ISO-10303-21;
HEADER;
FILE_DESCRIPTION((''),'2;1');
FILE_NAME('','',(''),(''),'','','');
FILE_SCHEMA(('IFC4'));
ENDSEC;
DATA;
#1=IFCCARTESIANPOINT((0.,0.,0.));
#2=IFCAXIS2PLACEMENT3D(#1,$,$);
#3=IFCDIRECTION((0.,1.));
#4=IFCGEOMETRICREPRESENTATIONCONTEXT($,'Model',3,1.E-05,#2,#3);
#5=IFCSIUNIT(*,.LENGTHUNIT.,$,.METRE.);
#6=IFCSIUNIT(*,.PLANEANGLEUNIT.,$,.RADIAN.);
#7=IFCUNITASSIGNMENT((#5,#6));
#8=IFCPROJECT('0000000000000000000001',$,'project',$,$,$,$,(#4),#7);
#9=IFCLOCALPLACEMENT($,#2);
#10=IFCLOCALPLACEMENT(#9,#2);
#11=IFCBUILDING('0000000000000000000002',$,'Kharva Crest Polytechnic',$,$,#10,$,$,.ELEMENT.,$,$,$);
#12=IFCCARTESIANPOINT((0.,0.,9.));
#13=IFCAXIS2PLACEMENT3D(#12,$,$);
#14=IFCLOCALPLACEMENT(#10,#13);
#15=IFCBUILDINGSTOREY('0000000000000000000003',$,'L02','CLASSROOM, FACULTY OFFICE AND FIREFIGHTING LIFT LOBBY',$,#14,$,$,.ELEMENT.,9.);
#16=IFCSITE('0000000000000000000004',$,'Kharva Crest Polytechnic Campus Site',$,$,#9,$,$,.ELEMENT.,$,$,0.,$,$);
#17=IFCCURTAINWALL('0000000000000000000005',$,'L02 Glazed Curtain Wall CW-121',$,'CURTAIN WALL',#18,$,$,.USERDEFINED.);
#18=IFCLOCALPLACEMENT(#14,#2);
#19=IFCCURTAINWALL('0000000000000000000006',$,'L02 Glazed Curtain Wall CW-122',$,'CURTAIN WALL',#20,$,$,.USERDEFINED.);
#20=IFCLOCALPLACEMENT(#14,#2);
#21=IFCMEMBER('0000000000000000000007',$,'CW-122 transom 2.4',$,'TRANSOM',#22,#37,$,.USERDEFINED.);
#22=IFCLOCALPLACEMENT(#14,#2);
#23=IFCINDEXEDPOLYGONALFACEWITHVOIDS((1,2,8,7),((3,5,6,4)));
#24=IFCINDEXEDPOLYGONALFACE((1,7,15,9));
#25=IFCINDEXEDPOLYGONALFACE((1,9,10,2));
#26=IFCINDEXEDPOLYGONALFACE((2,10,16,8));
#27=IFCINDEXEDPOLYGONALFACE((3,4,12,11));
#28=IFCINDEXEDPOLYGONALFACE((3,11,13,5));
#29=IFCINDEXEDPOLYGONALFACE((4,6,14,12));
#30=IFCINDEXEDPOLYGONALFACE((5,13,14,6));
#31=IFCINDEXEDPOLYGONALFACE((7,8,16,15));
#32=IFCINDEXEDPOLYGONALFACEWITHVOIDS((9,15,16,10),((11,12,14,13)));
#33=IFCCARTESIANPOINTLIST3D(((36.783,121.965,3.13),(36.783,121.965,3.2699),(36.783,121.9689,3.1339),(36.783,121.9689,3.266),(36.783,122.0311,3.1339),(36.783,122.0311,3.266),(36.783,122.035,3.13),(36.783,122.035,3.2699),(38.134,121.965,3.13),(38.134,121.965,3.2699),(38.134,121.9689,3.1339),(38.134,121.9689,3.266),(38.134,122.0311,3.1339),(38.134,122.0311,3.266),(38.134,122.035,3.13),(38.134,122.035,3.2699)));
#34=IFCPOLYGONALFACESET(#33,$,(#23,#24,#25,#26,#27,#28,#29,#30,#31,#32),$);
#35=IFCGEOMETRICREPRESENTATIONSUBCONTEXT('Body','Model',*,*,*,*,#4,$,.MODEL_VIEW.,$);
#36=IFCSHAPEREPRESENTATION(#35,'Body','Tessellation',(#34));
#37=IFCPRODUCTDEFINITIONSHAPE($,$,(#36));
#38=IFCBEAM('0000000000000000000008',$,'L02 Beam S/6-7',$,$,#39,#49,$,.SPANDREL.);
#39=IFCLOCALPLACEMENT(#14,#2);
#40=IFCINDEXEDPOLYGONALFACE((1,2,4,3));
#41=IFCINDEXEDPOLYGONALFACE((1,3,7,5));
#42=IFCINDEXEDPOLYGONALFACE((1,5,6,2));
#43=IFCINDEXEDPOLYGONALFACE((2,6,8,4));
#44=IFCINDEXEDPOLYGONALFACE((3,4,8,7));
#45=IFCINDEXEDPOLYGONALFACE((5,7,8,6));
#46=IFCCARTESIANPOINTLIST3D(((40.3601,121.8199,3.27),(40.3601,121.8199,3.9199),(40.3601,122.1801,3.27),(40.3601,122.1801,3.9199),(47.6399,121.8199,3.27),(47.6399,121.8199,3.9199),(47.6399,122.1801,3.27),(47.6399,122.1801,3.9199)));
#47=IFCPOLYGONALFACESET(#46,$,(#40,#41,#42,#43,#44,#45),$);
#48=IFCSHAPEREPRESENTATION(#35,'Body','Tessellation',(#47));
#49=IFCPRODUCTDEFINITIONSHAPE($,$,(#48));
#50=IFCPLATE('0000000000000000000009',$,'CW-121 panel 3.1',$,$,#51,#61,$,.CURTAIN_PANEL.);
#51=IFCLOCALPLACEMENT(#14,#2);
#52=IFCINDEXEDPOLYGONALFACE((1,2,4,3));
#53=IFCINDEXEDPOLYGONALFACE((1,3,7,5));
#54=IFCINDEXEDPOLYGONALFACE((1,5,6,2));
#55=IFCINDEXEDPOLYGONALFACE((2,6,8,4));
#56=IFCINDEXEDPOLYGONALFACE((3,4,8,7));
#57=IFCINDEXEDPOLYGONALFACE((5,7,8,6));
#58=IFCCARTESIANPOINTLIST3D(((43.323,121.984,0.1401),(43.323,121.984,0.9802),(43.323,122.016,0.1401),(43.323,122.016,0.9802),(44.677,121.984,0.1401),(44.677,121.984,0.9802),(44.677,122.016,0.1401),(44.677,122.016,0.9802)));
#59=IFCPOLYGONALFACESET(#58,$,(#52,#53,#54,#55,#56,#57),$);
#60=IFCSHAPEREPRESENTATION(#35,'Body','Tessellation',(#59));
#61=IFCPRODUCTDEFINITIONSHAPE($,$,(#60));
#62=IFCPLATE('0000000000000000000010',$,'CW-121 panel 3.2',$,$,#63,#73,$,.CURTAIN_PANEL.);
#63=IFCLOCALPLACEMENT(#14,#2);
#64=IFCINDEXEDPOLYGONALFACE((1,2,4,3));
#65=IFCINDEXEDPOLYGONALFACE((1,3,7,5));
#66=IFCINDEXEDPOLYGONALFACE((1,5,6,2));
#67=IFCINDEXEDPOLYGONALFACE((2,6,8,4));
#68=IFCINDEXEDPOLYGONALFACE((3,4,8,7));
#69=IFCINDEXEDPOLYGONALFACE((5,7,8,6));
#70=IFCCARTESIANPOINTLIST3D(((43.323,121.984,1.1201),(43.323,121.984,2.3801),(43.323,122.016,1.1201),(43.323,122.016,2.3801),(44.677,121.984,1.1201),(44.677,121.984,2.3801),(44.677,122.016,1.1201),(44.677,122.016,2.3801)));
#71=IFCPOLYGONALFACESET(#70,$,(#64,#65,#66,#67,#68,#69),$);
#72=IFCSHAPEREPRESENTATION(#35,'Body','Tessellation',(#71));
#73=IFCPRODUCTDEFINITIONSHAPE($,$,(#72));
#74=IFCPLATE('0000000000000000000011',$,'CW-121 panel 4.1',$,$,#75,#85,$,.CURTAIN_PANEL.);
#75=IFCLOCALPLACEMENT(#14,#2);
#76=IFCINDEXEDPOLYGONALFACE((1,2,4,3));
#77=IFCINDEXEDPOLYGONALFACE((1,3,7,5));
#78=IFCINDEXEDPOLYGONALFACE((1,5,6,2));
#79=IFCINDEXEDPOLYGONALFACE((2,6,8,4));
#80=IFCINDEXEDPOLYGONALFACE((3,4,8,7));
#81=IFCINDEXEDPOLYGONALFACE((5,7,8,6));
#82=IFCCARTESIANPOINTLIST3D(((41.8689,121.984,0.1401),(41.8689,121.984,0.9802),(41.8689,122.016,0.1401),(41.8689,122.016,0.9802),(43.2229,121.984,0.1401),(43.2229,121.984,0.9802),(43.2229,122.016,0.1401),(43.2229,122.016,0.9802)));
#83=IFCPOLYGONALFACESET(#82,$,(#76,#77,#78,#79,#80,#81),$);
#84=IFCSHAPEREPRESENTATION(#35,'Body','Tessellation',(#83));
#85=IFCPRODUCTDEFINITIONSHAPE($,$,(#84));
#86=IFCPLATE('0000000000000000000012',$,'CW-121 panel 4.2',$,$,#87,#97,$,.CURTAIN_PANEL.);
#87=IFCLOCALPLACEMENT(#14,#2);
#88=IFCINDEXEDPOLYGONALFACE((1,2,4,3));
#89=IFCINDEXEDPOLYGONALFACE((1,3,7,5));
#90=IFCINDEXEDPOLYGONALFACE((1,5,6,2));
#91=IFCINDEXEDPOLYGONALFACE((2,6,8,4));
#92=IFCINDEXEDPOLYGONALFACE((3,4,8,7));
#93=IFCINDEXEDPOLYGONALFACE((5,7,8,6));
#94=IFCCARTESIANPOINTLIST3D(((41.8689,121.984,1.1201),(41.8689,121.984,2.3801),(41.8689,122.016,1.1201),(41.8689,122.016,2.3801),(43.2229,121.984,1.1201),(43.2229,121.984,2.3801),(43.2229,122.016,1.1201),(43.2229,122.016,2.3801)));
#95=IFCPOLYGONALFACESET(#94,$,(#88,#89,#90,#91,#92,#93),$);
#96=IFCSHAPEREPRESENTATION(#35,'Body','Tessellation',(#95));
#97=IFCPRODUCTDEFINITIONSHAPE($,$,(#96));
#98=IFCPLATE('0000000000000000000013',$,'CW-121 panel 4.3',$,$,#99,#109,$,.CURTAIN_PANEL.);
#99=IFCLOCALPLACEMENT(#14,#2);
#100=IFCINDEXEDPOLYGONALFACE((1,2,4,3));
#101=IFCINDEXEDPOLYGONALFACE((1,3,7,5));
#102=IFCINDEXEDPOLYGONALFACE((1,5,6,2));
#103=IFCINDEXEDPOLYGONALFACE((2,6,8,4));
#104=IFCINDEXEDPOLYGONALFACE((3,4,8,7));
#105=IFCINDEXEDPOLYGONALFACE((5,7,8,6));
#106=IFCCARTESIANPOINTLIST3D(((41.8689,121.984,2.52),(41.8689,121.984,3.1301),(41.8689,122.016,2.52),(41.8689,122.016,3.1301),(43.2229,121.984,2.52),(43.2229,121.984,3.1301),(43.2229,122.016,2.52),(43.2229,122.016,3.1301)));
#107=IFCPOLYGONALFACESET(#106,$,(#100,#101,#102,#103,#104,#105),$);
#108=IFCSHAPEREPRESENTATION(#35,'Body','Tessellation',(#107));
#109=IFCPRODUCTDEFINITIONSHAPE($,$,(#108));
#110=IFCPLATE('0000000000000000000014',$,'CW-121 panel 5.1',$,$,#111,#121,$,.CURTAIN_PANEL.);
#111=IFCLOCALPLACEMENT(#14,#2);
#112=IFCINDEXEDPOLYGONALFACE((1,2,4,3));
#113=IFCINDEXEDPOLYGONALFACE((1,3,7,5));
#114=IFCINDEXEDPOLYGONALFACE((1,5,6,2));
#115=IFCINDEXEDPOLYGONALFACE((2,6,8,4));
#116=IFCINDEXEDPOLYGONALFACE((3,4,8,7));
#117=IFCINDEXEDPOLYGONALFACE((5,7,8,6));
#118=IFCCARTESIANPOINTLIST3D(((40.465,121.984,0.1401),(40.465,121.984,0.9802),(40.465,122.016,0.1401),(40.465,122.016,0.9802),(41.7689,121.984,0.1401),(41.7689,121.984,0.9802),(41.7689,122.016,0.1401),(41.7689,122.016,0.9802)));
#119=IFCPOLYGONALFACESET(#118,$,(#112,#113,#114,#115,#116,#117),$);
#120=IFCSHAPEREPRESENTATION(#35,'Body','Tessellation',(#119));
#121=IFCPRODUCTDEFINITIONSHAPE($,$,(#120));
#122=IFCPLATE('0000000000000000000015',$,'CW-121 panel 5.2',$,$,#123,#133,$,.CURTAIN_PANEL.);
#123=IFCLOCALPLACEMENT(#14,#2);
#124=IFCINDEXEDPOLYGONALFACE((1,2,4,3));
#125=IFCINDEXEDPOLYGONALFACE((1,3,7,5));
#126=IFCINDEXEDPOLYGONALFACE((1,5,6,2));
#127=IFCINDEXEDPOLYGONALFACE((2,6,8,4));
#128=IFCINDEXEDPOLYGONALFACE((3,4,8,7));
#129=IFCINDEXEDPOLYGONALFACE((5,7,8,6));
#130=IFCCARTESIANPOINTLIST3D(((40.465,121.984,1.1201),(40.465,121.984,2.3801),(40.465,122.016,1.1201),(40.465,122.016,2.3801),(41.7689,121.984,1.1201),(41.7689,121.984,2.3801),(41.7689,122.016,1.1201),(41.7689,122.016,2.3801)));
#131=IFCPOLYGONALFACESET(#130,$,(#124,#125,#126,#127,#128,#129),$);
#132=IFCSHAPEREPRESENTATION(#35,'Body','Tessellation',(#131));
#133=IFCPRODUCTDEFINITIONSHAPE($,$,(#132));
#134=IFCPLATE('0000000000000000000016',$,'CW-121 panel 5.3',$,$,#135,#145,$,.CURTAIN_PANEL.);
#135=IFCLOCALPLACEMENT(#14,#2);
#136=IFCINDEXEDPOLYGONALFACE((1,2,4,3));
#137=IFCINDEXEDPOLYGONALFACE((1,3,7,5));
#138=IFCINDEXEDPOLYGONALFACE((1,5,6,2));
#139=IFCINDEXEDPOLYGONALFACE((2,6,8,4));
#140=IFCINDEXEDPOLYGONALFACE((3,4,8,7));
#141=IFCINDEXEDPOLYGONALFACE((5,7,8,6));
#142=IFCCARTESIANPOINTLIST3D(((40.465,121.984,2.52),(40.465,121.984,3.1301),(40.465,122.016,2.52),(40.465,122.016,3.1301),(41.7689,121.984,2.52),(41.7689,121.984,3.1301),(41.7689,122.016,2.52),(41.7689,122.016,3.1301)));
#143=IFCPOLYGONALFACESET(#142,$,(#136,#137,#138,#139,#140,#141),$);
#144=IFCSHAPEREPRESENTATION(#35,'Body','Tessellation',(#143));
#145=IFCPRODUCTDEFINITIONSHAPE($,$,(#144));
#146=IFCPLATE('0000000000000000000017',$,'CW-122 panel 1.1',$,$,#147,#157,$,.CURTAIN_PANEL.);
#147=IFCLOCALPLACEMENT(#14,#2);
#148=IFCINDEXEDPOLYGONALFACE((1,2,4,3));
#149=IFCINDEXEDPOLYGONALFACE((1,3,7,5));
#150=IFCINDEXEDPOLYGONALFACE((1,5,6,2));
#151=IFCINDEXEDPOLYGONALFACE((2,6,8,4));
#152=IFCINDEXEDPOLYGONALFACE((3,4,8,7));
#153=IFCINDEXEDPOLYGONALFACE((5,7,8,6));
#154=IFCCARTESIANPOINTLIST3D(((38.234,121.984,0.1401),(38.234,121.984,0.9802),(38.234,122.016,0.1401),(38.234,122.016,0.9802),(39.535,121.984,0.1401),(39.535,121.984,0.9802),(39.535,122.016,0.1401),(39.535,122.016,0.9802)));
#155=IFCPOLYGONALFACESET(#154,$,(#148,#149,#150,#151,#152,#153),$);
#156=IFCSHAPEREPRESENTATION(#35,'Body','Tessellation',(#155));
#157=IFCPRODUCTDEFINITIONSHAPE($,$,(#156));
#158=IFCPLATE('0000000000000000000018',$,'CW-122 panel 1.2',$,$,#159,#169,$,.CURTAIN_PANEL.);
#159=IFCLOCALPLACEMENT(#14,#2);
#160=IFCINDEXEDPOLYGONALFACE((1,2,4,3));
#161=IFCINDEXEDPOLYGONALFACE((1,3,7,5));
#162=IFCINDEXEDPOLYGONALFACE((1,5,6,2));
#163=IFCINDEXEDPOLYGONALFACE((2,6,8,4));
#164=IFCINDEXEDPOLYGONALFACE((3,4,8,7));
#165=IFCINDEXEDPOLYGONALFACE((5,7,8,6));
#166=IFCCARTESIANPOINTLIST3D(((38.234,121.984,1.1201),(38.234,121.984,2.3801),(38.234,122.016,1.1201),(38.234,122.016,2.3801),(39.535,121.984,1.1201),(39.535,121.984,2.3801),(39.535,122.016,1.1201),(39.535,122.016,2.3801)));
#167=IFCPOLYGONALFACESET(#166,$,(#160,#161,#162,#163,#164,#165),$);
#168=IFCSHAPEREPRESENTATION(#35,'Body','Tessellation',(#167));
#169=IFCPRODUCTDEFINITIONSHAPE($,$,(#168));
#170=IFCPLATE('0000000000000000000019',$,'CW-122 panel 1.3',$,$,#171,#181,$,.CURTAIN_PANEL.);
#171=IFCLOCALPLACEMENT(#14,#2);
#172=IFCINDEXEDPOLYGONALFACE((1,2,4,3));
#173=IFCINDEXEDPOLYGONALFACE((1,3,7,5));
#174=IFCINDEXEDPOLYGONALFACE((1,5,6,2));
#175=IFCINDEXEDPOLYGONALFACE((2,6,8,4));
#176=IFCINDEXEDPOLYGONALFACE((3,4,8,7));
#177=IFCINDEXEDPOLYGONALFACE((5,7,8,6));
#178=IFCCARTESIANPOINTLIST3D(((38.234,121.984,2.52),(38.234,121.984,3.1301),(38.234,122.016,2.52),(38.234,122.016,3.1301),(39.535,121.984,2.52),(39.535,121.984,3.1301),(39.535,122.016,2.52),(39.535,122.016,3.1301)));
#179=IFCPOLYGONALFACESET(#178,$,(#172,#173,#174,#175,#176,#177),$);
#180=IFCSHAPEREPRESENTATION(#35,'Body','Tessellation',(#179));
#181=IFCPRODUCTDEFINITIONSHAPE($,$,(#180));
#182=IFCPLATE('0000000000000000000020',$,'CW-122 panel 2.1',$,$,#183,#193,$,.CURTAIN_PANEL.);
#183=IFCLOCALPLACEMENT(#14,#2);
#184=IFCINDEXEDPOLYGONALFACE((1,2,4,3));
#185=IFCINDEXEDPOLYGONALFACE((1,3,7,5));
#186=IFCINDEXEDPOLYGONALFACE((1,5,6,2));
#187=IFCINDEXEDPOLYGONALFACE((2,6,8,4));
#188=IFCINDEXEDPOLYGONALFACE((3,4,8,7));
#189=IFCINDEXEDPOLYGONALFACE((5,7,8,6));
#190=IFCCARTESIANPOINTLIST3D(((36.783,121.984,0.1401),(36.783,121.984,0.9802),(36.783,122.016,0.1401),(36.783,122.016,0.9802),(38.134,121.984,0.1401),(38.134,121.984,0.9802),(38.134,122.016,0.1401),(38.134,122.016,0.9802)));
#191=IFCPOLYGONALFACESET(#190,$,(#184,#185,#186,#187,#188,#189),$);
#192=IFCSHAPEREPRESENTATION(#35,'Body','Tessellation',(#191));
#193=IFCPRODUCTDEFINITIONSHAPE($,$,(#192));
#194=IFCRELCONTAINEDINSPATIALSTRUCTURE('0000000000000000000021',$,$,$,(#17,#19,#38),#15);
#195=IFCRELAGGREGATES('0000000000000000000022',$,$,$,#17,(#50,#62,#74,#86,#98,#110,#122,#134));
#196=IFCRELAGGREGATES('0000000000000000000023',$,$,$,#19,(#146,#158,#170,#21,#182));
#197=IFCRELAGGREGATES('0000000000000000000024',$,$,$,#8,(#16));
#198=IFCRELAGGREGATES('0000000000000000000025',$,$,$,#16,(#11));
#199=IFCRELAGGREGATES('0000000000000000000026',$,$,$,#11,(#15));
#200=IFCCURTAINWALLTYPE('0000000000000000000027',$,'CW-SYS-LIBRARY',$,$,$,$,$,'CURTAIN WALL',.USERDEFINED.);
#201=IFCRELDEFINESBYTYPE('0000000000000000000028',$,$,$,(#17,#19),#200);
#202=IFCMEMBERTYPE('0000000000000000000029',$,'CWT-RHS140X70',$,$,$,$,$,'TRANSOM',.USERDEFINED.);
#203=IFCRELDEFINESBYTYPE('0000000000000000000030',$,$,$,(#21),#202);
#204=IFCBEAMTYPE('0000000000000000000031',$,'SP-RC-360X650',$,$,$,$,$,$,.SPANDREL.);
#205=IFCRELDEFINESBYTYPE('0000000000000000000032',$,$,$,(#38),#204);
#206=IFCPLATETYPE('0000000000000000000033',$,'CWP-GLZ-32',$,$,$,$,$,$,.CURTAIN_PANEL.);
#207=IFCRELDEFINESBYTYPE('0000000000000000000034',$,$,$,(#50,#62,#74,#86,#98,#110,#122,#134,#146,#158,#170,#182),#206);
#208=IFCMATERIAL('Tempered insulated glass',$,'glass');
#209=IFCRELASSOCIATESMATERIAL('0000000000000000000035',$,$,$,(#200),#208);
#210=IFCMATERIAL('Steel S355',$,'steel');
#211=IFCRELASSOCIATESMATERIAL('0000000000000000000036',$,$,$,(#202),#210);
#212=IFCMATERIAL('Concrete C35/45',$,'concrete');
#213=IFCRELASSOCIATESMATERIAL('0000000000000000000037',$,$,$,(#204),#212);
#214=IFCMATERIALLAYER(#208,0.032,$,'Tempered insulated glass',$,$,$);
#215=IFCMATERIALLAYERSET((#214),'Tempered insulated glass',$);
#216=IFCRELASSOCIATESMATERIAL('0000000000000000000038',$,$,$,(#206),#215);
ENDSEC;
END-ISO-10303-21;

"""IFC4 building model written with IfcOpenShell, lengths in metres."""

from ifc_helpers import new_model, si_unit, direction, frame, origin, origin_2d, place, context, subcontext, project, spatial, rectangle, hollow_rectangle, extrude, material, layer, layer_set, material_profile, profile_set, type_object, element, aggregate, save


model = new_model("IFC4")

# Units and contexts
model_context = context("Model", 3, precision=1e-05, world=origin(), true_north=direction((0.0, 1.0)))
body_context = subcontext(model_context, "Body", "Model", "MODEL_VIEW")
ifc_project = project(units=[si_unit("LENGTHUNIT", "METRE"), si_unit("PLANEANGLEUNIT", "RADIAN")], contexts=[model_context])

# Site, building, storey
site_placement = place(None, origin())
site = spatial("IfcSite", under=ifc_project, at=site_placement, Name="Kharva Crest Polytechnic Campus Site", CompositionType="ELEMENT", RefElevation=0.0)
building_placement = place(site_placement, origin())
building = spatial("IfcBuilding", under=site, at=building_placement, Name="Kharva Crest Polytechnic", CompositionType="ELEMENT")
storey_placement = place(building_placement, frame((0.0, 0.0, 9.0)))
storey = spatial("IfcBuildingStorey", under=building, at=storey_placement, Name="L02", Description="CLASSROOM, FACULTY OFFICE AND FIREFIGHTING LIFT LOBBY", CompositionType="ELEMENT", Elevation=9.0)

# Curtain walls
ifc_material_1 = material(Name="Tempered insulated glass", Category="glass")
curtain_wall_type = type_object("IfcCurtainWallType", Name="CW-SYS-LIBRARY", ElementType="CURTAIN WALL", PredefinedType="USERDEFINED", material=ifc_material_1)
curtain_wall_1_placement = place(storey_placement, origin())
curtain_wall_1 = element("IfcCurtainWall", 1, at=curtain_wall_1_placement, inside=storey, type_object=curtain_wall_type, Name="L02 Glazed Curtain Wall CW-121", ObjectType="CURTAIN WALL", PredefinedType="USERDEFINED")
ifc_material_2 = material(Name="Steel S355", Category="steel")
curtain_wall_2_placement = place(storey_placement, origin())
curtain_wall_2 = element("IfcCurtainWall", 2, at=curtain_wall_2_placement, inside=storey, type_object=curtain_wall_type, Name="L02 Glazed Curtain Wall CW-122", ObjectType="CURTAIN WALL", PredefinedType="USERDEFINED")

# Member
ifc_material_profile_1 = material_profile(ifc_material_2, hollow_rectangle(XDim=0.0701, YDim=0.1399, WallThickness=0.0039, at=origin_2d()), Name="RHS 140X70X4.0")
ifc_profile_set_1 = profile_set([ifc_material_profile_1], Name="Steel S355")
member_type_1 = type_object("IfcMemberType", Name="CWT-RHS140X70", ElementType="TRANSOM", PredefinedType="USERDEFINED", material=ifc_profile_set_1)
member_1_placement = place(storey_placement, frame((38.134, 122.0, 3.2), z_axis=(-1.0, 0.0, 0.0), x_axis=(0.0, -1.0, 0.0)))
member_1 = element("IfcMember", 3, at=member_1_placement, type_object=member_type_1, Name="CW-122 transom 2.4", ObjectType="TRANSOM", PredefinedType="USERDEFINED", context=body_context, shape_type="SweptSolid", body=[
    extrude(hollow_rectangle(XDim=0.0701, YDim=0.1399, WallThickness=0.0039, at=origin_2d()), origin(), (0.0, 0.0, 1.0), 1.3511),
])

# Beam
ifc_material_3 = material(Name="Concrete C35/45", Category="concrete")
ifc_material_profile_2 = material_profile(ifc_material_3, rectangle(XDim=0.3601, YDim=0.6499, at=origin_2d()), Name="RECT 360 X 650")
ifc_profile_set_2 = profile_set([ifc_material_profile_2], Name="Concrete C35/45")
beam_type = type_object("IfcBeamType", Name="SP-RC-360X650", PredefinedType="SPANDREL", material=ifc_profile_set_2)
beam_placement = place(storey_placement, frame((40.3601, 122.0, 3.595), z_axis=(1.0, 0.0, 0.0), x_axis=(0.0, 1.0, 0.0)))
element("IfcBeam", 4, at=beam_placement, inside=storey, type_object=beam_type, Name="L02 Beam S/6-7", PredefinedType="SPANDREL", context=body_context, shape_type="SweptSolid", body=[
    extrude(rectangle(XDim=0.3601, YDim=0.6499, at=origin_2d()), origin(), (0.0, 0.0, 1.0), 7.2798),
])

# Plates
ifc_layer = layer(ifc_material_1, 0.032, Name="Tempered insulated glass")
ifc_layer_set = layer_set([ifc_layer], Name="Tempered insulated glass")
plate_type = type_object("IfcPlateType", Name="CWP-GLZ-32", PredefinedType="CURTAIN_PANEL", material=ifc_layer_set)
plate_1_placement = place(storey_placement, frame((44.0, 122.0, 0.1401), z_axis=(0.0, 0.0, 1.0), x_axis=(-1.0, 0.0, 0.0)))
plate_1 = element("IfcPlate", 5, at=plate_1_placement, type_object=plate_type, Name="CW-121 panel 3.1", PredefinedType="CURTAIN_PANEL", context=body_context, shape_type="SweptSolid", body=[
    extrude(rectangle(XDim=1.354, YDim=0.032, at=origin_2d()), origin(), (0.0, 0.0, 1.0), 0.8401),
])
plate_2_placement = place(storey_placement, frame((44.0, 122.0, 1.1201), z_axis=(0.0, 0.0, 1.0), x_axis=(-1.0, 0.0, 0.0)))
plate_2 = element("IfcPlate", 6, at=plate_2_placement, type_object=plate_type, Name="CW-121 panel 3.2", PredefinedType="CURTAIN_PANEL", context=body_context, shape_type="SweptSolid", body=[
    extrude(rectangle(XDim=1.354, YDim=0.032, at=origin_2d()), origin(), (0.0, 0.0, 1.0), 1.26),
])
plate_3_placement = place(storey_placement, frame((42.5459, 122.0, 0.1401), z_axis=(0.0, 0.0, 1.0), x_axis=(-1.0, 0.0, 0.0)))
plate_3 = element("IfcPlate", 7, at=plate_3_placement, type_object=plate_type, Name="CW-121 panel 4.1", PredefinedType="CURTAIN_PANEL", context=body_context, shape_type="SweptSolid", body=[
    extrude(rectangle(XDim=1.354, YDim=0.032, at=origin_2d()), origin(), (0.0, 0.0, 1.0), 0.8401),
])
plate_4_placement = place(storey_placement, frame((42.5459, 122.0, 1.1201), z_axis=(0.0, 0.0, 1.0), x_axis=(-1.0, 0.0, 0.0)))
plate_4 = element("IfcPlate", 8, at=plate_4_placement, type_object=plate_type, Name="CW-121 panel 4.2", PredefinedType="CURTAIN_PANEL", context=body_context, shape_type="SweptSolid", body=[
    extrude(rectangle(XDim=1.354, YDim=0.032, at=origin_2d()), origin(), (0.0, 0.0, 1.0), 1.26),
])
plate_5_placement = place(storey_placement, frame((42.5459, 122.0, 2.52), z_axis=(0.0, 0.0, 1.0), x_axis=(-1.0, 0.0, 0.0)))
plate_5 = element("IfcPlate", 9, at=plate_5_placement, type_object=plate_type, Name="CW-121 panel 4.3", PredefinedType="CURTAIN_PANEL", context=body_context, shape_type="SweptSolid", body=[
    extrude(rectangle(XDim=1.354, YDim=0.032, at=origin_2d()), origin(), (0.0, 0.0, 1.0), 0.6101),
])
plate_6_placement = place(storey_placement, frame((41.1169, 122.0, 0.1401), z_axis=(0.0, 0.0, 1.0), x_axis=(-1.0, 0.0, 0.0)))
plate_6 = element("IfcPlate", 10, at=plate_6_placement, type_object=plate_type, Name="CW-121 panel 5.1", PredefinedType="CURTAIN_PANEL", context=body_context, shape_type="SweptSolid", body=[
    extrude(rectangle(XDim=1.304, YDim=0.032, at=origin_2d()), origin(), (0.0, 0.0, 1.0), 0.8401),
])
plate_7_placement = place(storey_placement, frame((41.1169, 122.0, 1.1201), z_axis=(0.0, 0.0, 1.0), x_axis=(-1.0, 0.0, 0.0)))
plate_7 = element("IfcPlate", 11, at=plate_7_placement, type_object=plate_type, Name="CW-121 panel 5.2", PredefinedType="CURTAIN_PANEL", context=body_context, shape_type="SweptSolid", body=[
    extrude(rectangle(XDim=1.304, YDim=0.032, at=origin_2d()), origin(), (0.0, 0.0, 1.0), 1.26),
])
plate_8_placement = place(storey_placement, frame((41.1169, 122.0, 2.52), z_axis=(0.0, 0.0, 1.0), x_axis=(-1.0, 0.0, 0.0)))
plate_8 = element("IfcPlate", 12, at=plate_8_placement, type_object=plate_type, Name="CW-121 panel 5.3", PredefinedType="CURTAIN_PANEL", context=body_context, shape_type="SweptSolid", body=[
    extrude(rectangle(XDim=1.304, YDim=0.032, at=origin_2d()), origin(), (0.0, 0.0, 1.0), 0.6101),
])
aggregate(curtain_wall_1, [plate_1, plate_2, plate_3, plate_4, plate_5, plate_6, plate_7, plate_8])
plate_9_placement = place(storey_placement, frame((38.8845, 122.0, 0.1401), z_axis=(0.0, 0.0, 1.0), x_axis=(-1.0, 0.0, 0.0)))
plate_9 = element("IfcPlate", 13, at=plate_9_placement, type_object=plate_type, Name="CW-122 panel 1.1", PredefinedType="CURTAIN_PANEL", context=body_context, shape_type="SweptSolid", body=[
    extrude(rectangle(XDim=1.301, YDim=0.032, at=origin_2d()), origin(), (0.0, 0.0, 1.0), 0.8401),
])
plate_10_placement = place(storey_placement, frame((38.8845, 122.0, 1.1201), z_axis=(0.0, 0.0, 1.0), x_axis=(-1.0, 0.0, 0.0)))
plate_10 = element("IfcPlate", 14, at=plate_10_placement, type_object=plate_type, Name="CW-122 panel 1.2", PredefinedType="CURTAIN_PANEL", context=body_context, shape_type="SweptSolid", body=[
    extrude(rectangle(XDim=1.301, YDim=0.032, at=origin_2d()), origin(), (0.0, 0.0, 1.0), 1.26),
])
plate_11_placement = place(storey_placement, frame((38.8845, 122.0, 2.52), z_axis=(0.0, 0.0, 1.0), x_axis=(-1.0, 0.0, 0.0)))
plate_11 = element("IfcPlate", 15, at=plate_11_placement, type_object=plate_type, Name="CW-122 panel 1.3", PredefinedType="CURTAIN_PANEL", context=body_context, shape_type="SweptSolid", body=[
    extrude(rectangle(XDim=1.301, YDim=0.032, at=origin_2d()), origin(), (0.0, 0.0, 1.0), 0.6101),
])
plate_12_placement = place(storey_placement, frame((37.4585, 122.0, 0.1401), z_axis=(0.0, 0.0, 1.0), x_axis=(-1.0, 0.0, 0.0)))
plate_12 = element("IfcPlate", 16, at=plate_12_placement, type_object=plate_type, Name="CW-122 panel 2.1", PredefinedType="CURTAIN_PANEL", context=body_context, shape_type="SweptSolid", body=[
    extrude(rectangle(XDim=1.3511, YDim=0.032, at=origin_2d()), origin(), (0.0, 0.0, 1.0), 0.8401),
])
aggregate(curtain_wall_2, [plate_9, plate_10, plate_11, member_1, plate_12])

save(model, "model.ifc")
